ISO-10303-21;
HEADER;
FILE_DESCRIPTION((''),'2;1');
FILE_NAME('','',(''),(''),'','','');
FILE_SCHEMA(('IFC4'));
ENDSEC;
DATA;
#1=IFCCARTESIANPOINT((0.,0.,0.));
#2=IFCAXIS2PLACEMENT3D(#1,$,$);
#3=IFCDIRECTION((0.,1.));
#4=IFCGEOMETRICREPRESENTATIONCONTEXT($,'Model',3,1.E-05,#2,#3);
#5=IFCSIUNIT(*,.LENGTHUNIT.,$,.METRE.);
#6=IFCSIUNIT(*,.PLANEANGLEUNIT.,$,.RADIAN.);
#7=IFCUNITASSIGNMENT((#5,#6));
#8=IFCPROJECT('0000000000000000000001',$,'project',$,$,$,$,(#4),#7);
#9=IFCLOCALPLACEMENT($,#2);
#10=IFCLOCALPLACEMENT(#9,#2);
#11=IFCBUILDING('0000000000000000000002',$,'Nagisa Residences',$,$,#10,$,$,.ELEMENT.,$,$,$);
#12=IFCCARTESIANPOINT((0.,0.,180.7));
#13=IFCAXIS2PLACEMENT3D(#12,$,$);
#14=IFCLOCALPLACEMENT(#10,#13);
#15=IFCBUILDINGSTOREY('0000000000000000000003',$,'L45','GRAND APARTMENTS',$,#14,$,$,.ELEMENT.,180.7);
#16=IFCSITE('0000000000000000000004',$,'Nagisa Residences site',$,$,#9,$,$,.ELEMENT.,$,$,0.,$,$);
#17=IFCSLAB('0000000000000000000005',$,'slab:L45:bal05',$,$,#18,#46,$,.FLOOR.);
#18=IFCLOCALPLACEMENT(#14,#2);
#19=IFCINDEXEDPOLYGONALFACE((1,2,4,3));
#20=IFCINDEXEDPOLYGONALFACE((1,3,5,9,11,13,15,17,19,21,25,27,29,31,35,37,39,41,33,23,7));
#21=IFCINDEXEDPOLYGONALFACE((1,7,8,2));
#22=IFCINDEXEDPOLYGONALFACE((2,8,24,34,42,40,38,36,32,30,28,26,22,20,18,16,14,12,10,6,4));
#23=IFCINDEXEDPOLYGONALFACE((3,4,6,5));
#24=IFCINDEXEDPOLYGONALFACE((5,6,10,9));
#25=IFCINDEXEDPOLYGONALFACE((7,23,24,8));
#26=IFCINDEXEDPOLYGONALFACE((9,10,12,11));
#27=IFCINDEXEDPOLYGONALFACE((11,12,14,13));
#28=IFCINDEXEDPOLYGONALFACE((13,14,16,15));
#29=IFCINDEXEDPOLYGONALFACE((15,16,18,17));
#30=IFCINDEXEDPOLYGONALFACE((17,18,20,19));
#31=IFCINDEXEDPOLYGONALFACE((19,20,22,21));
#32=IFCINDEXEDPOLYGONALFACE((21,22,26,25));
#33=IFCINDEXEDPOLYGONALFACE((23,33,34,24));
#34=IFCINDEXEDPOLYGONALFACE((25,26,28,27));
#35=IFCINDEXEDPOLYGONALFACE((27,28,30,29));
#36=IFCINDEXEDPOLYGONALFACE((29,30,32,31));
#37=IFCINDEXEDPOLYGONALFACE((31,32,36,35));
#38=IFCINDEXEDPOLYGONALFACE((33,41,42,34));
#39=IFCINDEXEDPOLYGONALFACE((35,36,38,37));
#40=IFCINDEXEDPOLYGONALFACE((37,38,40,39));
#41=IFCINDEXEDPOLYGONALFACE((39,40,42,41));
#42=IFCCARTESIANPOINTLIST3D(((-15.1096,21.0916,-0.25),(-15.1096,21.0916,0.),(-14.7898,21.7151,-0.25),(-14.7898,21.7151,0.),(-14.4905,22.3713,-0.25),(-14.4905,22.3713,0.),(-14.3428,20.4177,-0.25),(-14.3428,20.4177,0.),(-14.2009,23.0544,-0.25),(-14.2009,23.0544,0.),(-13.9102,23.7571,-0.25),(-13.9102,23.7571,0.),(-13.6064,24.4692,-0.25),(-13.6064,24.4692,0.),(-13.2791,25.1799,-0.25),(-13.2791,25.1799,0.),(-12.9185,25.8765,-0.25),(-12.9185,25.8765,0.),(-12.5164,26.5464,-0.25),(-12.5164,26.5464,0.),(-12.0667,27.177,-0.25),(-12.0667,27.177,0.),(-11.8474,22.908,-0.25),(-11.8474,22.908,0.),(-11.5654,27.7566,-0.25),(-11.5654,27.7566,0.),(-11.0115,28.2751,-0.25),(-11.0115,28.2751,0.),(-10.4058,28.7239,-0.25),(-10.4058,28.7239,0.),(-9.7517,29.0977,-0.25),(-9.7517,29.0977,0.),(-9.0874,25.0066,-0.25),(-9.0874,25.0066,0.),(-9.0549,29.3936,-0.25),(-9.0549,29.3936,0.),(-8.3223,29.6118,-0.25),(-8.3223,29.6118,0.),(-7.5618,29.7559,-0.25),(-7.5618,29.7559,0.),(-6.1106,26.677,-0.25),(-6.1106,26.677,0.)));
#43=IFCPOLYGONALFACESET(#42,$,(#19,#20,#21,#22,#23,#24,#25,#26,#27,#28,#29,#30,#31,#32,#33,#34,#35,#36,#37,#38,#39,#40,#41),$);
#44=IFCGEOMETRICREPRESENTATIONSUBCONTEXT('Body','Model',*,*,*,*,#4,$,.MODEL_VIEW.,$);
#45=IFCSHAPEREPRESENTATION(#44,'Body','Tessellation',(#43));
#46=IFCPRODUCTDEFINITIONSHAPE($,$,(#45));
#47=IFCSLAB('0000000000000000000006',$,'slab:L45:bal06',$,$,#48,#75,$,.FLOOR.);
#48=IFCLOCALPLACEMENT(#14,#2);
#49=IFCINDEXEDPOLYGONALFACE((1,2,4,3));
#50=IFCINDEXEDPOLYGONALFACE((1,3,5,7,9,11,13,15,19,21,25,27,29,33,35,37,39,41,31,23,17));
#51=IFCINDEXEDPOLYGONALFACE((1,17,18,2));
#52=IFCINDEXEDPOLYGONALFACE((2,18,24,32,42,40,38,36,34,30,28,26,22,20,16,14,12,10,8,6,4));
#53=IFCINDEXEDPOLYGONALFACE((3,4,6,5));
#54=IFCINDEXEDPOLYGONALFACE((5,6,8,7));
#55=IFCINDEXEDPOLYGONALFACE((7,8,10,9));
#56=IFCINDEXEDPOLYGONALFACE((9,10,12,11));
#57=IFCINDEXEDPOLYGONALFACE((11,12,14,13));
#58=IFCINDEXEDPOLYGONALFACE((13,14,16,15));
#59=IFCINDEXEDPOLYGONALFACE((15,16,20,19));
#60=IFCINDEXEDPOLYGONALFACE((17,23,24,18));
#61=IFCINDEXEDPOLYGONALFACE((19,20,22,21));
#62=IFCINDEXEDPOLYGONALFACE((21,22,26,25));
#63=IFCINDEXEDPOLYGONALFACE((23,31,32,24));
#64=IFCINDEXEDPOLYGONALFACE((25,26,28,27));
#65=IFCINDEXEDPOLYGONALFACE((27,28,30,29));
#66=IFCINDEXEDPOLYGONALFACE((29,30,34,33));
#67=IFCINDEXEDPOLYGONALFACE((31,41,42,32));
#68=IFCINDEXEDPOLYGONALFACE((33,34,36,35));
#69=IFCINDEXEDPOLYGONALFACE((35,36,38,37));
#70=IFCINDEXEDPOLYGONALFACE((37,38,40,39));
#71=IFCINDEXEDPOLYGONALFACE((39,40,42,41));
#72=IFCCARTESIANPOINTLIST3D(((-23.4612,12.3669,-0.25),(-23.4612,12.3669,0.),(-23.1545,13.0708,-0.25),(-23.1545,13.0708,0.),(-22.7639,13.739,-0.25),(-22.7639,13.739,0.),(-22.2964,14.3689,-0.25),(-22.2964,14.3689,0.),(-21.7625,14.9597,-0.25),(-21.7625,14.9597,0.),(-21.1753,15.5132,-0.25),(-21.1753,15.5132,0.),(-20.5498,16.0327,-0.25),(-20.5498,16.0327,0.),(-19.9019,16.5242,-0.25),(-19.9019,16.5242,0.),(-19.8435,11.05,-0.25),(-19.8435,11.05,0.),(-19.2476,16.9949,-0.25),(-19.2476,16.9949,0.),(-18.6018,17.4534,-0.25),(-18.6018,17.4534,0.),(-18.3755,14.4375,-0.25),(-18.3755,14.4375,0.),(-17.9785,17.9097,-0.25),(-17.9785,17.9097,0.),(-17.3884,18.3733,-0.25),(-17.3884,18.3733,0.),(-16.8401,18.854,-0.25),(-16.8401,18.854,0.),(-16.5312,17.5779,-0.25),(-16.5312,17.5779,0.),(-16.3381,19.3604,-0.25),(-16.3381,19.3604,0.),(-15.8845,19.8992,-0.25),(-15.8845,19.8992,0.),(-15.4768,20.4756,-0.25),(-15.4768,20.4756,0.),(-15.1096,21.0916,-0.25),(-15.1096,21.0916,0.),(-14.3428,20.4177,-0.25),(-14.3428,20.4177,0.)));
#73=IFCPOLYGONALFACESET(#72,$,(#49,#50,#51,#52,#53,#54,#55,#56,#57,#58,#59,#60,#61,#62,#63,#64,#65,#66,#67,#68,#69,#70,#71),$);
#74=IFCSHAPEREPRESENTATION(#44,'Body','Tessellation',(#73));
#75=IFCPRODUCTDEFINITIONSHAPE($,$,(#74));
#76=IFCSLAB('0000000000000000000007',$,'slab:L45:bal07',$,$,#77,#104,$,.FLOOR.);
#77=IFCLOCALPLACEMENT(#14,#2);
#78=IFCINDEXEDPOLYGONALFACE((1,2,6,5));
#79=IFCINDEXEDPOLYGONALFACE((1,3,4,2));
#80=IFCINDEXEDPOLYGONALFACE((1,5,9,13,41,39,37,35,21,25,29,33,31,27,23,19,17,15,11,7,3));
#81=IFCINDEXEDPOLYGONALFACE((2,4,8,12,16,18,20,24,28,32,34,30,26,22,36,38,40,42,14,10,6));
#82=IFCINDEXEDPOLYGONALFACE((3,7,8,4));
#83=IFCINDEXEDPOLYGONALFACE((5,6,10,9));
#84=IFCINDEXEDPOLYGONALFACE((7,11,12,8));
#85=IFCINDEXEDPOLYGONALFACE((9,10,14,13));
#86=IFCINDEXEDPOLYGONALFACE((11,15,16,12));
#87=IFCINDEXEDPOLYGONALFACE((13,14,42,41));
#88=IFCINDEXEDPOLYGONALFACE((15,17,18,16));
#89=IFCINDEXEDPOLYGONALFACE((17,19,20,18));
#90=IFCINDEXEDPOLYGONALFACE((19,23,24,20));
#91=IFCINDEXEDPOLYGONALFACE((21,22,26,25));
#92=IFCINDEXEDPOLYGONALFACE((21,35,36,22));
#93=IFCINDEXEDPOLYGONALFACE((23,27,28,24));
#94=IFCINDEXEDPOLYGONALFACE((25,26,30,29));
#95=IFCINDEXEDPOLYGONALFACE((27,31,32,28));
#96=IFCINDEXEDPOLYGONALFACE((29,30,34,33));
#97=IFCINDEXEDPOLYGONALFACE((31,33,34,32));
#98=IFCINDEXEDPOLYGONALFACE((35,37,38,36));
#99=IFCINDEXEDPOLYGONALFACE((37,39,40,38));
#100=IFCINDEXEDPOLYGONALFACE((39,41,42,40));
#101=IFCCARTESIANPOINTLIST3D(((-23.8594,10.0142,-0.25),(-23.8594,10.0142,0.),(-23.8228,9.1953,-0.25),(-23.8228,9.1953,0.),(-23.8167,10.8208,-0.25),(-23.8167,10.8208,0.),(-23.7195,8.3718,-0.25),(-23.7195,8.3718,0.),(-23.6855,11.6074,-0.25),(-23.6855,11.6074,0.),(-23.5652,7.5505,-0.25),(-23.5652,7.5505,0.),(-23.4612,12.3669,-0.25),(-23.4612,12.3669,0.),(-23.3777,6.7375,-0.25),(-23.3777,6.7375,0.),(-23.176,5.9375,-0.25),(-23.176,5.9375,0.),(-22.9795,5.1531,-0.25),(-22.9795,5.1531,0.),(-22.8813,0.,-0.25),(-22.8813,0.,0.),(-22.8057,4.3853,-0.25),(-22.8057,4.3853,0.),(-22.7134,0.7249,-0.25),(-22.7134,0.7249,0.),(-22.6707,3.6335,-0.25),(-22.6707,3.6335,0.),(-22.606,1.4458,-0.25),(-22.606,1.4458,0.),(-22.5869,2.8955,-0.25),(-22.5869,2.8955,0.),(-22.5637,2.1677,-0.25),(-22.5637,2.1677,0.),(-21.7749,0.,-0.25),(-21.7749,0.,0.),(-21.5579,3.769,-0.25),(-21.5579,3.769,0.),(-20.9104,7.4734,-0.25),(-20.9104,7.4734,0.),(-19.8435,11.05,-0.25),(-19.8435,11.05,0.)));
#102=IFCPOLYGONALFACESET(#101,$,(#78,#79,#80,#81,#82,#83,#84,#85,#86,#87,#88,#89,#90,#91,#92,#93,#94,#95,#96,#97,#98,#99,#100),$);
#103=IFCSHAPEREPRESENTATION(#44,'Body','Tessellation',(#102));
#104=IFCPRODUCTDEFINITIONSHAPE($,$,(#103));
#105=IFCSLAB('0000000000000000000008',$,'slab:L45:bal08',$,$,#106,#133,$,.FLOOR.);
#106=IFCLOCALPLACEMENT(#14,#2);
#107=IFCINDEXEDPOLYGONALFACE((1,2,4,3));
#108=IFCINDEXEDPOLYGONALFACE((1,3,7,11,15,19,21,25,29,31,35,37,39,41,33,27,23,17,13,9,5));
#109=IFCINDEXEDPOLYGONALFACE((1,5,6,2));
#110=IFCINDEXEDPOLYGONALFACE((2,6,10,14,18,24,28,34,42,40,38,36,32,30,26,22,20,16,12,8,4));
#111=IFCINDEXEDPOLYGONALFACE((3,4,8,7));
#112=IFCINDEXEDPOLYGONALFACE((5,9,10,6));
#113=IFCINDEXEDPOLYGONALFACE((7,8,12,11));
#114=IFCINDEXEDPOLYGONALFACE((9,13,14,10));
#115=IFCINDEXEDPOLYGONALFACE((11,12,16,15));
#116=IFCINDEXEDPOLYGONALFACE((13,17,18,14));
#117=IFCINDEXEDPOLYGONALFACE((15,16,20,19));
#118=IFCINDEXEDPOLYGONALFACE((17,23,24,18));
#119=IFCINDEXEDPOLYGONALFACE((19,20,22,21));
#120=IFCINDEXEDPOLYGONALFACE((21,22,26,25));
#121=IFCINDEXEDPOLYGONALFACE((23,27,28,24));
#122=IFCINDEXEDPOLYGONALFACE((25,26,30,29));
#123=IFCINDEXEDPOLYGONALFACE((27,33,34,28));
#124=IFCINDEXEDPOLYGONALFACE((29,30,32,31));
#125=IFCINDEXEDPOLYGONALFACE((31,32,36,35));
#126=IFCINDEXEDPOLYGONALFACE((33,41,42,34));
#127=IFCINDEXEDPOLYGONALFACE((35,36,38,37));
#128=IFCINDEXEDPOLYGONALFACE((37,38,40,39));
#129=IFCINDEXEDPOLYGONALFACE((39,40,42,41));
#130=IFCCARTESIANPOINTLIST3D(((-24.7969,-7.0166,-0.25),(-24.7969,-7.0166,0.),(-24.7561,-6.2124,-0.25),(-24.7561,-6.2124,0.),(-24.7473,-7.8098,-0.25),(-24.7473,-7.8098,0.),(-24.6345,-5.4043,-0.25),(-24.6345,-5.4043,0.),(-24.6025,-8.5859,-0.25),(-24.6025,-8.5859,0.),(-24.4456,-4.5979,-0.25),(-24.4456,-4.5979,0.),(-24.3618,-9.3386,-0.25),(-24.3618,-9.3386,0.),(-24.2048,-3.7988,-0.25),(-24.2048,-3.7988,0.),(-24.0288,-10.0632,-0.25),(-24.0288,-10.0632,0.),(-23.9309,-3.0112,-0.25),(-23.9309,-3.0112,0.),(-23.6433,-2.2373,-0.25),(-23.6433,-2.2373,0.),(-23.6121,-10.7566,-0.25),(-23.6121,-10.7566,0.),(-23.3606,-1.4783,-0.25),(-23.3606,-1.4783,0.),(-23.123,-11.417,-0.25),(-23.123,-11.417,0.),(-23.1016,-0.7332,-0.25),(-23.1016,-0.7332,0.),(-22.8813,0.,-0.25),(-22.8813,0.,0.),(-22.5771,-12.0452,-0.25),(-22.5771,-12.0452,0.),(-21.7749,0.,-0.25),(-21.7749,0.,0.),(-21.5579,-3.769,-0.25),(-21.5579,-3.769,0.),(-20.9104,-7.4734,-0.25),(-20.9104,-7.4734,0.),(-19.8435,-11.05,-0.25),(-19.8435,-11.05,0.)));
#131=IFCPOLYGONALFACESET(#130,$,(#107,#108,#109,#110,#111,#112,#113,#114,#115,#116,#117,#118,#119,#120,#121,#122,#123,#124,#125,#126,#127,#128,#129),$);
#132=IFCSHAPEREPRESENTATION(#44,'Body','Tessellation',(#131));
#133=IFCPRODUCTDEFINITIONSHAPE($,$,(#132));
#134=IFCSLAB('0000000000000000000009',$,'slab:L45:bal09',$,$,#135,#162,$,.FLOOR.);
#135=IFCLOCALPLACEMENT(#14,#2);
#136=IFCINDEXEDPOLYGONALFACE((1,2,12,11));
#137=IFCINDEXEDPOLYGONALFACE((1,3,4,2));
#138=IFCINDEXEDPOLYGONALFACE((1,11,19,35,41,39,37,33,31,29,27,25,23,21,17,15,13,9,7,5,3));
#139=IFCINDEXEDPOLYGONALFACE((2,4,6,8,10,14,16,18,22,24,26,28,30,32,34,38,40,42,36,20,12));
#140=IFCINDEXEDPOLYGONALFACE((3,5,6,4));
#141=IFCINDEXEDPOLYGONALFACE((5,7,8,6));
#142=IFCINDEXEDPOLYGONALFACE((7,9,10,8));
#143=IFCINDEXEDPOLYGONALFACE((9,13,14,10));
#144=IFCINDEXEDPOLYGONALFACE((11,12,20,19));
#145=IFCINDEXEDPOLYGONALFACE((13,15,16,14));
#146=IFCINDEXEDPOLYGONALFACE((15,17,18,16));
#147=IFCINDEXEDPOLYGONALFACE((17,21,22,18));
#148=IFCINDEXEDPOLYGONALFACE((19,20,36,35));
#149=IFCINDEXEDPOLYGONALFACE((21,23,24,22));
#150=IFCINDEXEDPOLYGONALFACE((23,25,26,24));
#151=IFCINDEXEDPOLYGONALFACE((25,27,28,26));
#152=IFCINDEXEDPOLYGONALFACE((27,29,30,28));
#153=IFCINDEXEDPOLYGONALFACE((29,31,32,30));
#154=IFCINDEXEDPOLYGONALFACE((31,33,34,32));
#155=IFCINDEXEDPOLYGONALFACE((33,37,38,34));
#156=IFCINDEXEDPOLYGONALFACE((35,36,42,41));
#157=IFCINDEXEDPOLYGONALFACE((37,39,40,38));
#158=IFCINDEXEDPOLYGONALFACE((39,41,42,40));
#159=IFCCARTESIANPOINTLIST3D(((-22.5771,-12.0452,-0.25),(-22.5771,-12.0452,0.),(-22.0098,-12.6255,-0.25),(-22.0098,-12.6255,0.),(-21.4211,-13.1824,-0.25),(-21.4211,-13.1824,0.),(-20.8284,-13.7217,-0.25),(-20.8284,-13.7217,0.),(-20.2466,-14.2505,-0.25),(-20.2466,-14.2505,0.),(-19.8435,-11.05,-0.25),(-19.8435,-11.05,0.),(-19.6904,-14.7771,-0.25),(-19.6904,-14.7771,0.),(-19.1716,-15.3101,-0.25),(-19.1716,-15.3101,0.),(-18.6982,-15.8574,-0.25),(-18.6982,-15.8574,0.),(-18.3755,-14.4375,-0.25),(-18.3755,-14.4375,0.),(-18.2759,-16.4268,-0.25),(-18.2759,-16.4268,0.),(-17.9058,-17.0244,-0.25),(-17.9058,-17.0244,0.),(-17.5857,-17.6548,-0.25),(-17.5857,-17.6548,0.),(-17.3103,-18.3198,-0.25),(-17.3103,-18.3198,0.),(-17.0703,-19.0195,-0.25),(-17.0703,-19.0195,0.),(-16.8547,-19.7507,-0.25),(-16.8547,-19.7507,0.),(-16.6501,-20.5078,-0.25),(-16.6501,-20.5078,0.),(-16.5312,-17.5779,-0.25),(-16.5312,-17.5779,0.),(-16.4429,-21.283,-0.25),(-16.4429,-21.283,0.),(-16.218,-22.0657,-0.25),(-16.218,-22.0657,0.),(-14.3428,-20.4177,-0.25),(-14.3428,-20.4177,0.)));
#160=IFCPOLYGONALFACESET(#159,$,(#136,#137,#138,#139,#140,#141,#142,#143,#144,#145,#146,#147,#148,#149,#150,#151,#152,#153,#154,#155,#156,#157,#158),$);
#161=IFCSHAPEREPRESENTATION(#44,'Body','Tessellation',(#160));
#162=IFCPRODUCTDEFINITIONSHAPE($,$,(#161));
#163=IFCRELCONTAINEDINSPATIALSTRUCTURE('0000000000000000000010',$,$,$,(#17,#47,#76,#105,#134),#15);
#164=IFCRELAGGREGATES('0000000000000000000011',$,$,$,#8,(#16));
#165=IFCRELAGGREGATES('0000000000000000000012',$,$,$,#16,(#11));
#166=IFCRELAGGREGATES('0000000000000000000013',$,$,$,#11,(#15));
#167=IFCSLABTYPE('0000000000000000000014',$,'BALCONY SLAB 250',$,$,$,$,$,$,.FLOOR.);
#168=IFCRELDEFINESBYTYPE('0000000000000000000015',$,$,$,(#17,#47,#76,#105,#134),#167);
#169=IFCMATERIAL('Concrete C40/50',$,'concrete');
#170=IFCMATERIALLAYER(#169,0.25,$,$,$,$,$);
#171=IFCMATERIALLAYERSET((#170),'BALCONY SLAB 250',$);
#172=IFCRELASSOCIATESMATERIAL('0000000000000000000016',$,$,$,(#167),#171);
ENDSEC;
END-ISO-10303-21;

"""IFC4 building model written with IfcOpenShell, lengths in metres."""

from ifc_helpers import new_model, si_unit, direction, frame, origin, place, context, subcontext, project, spatial, polyline, outline, extrude, material, layer, layer_set, type_object, element, save


model = new_model("IFC4")

# Units and contexts
model_context = context("Model", 3, precision=1e-05, world=origin(), true_north=direction((0.0, 1.0)))
body_context = subcontext(model_context, "Body", "Model", "MODEL_VIEW")
ifc_project = project(units=[si_unit("LENGTHUNIT", "METRE"), si_unit("PLANEANGLEUNIT", "RADIAN")], contexts=[model_context])

# Site, building, storey
site_placement = place(None, origin())
site = spatial("IfcSite", under=ifc_project, at=site_placement, Name="Nagisa Residences site", CompositionType="ELEMENT", RefElevation=0.0)
building_placement = place(site_placement, origin())
building = spatial("IfcBuilding", under=site, at=building_placement, Name="Nagisa Residences", CompositionType="ELEMENT")
storey_placement = place(building_placement, frame((0.0, 0.0, 180.7)))
storey = spatial("IfcBuildingStorey", under=building, at=storey_placement, Name="L45", Description="GRAND APARTMENTS", CompositionType="ELEMENT", Elevation=180.7)

# Slabs
ifc_material_1 = material(Name="Concrete C40/50", Category="concrete")
ifc_layer_1 = layer(ifc_material_1, 0.25)
ifc_layer_set_1 = layer_set([ifc_layer_1], Name="BALCONY SLAB 250")
slab_type_1 = type_object("IfcSlabType", Name="BALCONY SLAB 250", PredefinedType="FLOOR", material=ifc_layer_set_1)
slab_1_placement = place(storey_placement, frame((0.0, 0.0, -0.25)))
element("IfcSlab", 1, at=slab_1_placement, inside=storey, type_object=slab_type_1, Name="slab:L45:bal05", PredefinedType="FLOOR", context=body_context, shape_type="SweptSolid", body=[
    extrude(outline(polyline([(-7.5618, 29.7559), (-8.3223, 29.6118), (-9.0549, 29.3936), (-9.7517, 29.0977), (-10.4058, 28.7239), (-11.0115, 28.2751), (-11.5654, 27.7566), (-12.0667, 27.177), (-12.5164, 26.5464), (-12.9185, 25.8765), (-13.2791, 25.1799), (-13.6064, 24.4692), (-13.9102, 23.7571), (-14.2009, 23.0544), (-14.4905, 22.3713), (-14.7898, 21.7151), (-15.1096, 21.0916), (-14.3428, 20.4177), (-11.8474, 22.908), (-9.0874, 25.0066), (-6.1106, 26.677), (-7.5618, 29.7559)])), origin(), (0.0, 0.0, 1.0), 0.25),
])
slab_2_placement = place(storey_placement, frame((0.0, 0.0, -0.25)))
element("IfcSlab", 2, at=slab_2_placement, inside=storey, type_object=slab_type_1, Name="slab:L45:bal06", PredefinedType="FLOOR", context=body_context, shape_type="SweptSolid", body=[
    extrude(outline(polyline([(-15.1096, 21.0916), (-15.4768, 20.4756), (-15.8845, 19.8992), (-16.3381, 19.3604), (-16.8401, 18.854), (-17.3884, 18.3733), (-17.9785, 17.9097), (-18.6018, 17.4534), (-19.2476, 16.9949), (-19.9019, 16.5242), (-20.5498, 16.0327), (-21.1753, 15.5132), (-21.7625, 14.9597), (-22.2964, 14.3689), (-22.7639, 13.739), (-23.1545, 13.0708), (-23.4612, 12.3669), (-19.8435, 11.05), (-18.3755, 14.4375), (-16.5312, 17.5779), (-14.3428, 20.4177), (-15.1096, 21.0916)])), origin(), (0.0, 0.0, 1.0), 0.25),
])
slab_3_placement = place(storey_placement, frame((0.0, 0.0, -0.25)))
element("IfcSlab", 3, at=slab_3_placement, inside=storey, type_object=slab_type_1, Name="slab:L45:bal07", PredefinedType="FLOOR", context=body_context, shape_type="SweptSolid", body=[
    extrude(outline(polyline([(-23.4612, 12.3669), (-23.6855, 11.6074), (-23.8167, 10.8208), (-23.8594, 10.0142), (-23.8228, 9.1953), (-23.7195, 8.3718), (-23.5652, 7.5505), (-23.3777, 6.7375), (-23.176, 5.9375), (-22.9795, 5.1531), (-22.8057, 4.3853), (-22.6707, 3.6335), (-22.5869, 2.8955), (-22.5637, 2.1677), (-22.606, 1.4458), (-22.7134, 0.7249), (-22.8813, 0.0), (-21.7749, 0.0), (-21.5579, 3.769), (-20.9104, 7.4734), (-19.8435, 11.05), (-23.4612, 12.3669)])), origin(), (0.0, 0.0, 1.0), 0.25),
])
slab_4_placement = place(storey_placement, frame((0.0, 0.0, -0.25)))
element("IfcSlab", 4, at=slab_4_placement, inside=storey, type_object=slab_type_1, Name="slab:L45:bal08", PredefinedType="FLOOR", context=body_context, shape_type="SweptSolid", body=[
    extrude(outline(polyline([(-22.8813, 0.0), (-23.1016, -0.7332), (-23.3606, -1.4783), (-23.6433, -2.2373), (-23.9309, -3.0112), (-24.2048, -3.7988), (-24.4456, -4.5979), (-24.6345, -5.4043), (-24.7561, -6.2124), (-24.7969, -7.0166), (-24.7473, -7.8098), (-24.6025, -8.5859), (-24.3618, -9.3386), (-24.0288, -10.0632), (-23.6121, -10.7566), (-23.123, -11.417), (-22.5771, -12.0452), (-19.8435, -11.05), (-20.9104, -7.4734), (-21.5579, -3.769), (-21.7749, 0.0), (-22.8813, 0.0)])), origin(), (0.0, 0.0, 1.0), 0.25),
])
slab_5_placement = place(storey_placement, frame((0.0, 0.0, -0.25)))
element("IfcSlab", 5, at=slab_5_placement, inside=storey, type_object=slab_type_1, Name="slab:L45:bal09", PredefinedType="FLOOR", context=body_context, shape_type="SweptSolid", body=[
    extrude(outline(polyline([(-22.5771, -12.0452), (-22.0098, -12.6255), (-21.4211, -13.1824), (-20.8284, -13.7217), (-20.2466, -14.2505), (-19.6904, -14.7771), (-19.1716, -15.3101), (-18.6982, -15.8574), (-18.2759, -16.4268), (-17.9058, -17.0244), (-17.5857, -17.6548), (-17.3103, -18.3198), (-17.0703, -19.0195), (-16.8547, -19.7507), (-16.6501, -20.5078), (-16.4429, -21.283), (-16.218, -22.0657), (-14.3428, -20.4177), (-16.5312, -17.5779), (-18.3755, -14.4375), (-19.8435, -11.05), (-22.5771, -12.0452)])), origin(), (0.0, 0.0, 1.0), 0.25),
])

save(model, "model.ifc")
